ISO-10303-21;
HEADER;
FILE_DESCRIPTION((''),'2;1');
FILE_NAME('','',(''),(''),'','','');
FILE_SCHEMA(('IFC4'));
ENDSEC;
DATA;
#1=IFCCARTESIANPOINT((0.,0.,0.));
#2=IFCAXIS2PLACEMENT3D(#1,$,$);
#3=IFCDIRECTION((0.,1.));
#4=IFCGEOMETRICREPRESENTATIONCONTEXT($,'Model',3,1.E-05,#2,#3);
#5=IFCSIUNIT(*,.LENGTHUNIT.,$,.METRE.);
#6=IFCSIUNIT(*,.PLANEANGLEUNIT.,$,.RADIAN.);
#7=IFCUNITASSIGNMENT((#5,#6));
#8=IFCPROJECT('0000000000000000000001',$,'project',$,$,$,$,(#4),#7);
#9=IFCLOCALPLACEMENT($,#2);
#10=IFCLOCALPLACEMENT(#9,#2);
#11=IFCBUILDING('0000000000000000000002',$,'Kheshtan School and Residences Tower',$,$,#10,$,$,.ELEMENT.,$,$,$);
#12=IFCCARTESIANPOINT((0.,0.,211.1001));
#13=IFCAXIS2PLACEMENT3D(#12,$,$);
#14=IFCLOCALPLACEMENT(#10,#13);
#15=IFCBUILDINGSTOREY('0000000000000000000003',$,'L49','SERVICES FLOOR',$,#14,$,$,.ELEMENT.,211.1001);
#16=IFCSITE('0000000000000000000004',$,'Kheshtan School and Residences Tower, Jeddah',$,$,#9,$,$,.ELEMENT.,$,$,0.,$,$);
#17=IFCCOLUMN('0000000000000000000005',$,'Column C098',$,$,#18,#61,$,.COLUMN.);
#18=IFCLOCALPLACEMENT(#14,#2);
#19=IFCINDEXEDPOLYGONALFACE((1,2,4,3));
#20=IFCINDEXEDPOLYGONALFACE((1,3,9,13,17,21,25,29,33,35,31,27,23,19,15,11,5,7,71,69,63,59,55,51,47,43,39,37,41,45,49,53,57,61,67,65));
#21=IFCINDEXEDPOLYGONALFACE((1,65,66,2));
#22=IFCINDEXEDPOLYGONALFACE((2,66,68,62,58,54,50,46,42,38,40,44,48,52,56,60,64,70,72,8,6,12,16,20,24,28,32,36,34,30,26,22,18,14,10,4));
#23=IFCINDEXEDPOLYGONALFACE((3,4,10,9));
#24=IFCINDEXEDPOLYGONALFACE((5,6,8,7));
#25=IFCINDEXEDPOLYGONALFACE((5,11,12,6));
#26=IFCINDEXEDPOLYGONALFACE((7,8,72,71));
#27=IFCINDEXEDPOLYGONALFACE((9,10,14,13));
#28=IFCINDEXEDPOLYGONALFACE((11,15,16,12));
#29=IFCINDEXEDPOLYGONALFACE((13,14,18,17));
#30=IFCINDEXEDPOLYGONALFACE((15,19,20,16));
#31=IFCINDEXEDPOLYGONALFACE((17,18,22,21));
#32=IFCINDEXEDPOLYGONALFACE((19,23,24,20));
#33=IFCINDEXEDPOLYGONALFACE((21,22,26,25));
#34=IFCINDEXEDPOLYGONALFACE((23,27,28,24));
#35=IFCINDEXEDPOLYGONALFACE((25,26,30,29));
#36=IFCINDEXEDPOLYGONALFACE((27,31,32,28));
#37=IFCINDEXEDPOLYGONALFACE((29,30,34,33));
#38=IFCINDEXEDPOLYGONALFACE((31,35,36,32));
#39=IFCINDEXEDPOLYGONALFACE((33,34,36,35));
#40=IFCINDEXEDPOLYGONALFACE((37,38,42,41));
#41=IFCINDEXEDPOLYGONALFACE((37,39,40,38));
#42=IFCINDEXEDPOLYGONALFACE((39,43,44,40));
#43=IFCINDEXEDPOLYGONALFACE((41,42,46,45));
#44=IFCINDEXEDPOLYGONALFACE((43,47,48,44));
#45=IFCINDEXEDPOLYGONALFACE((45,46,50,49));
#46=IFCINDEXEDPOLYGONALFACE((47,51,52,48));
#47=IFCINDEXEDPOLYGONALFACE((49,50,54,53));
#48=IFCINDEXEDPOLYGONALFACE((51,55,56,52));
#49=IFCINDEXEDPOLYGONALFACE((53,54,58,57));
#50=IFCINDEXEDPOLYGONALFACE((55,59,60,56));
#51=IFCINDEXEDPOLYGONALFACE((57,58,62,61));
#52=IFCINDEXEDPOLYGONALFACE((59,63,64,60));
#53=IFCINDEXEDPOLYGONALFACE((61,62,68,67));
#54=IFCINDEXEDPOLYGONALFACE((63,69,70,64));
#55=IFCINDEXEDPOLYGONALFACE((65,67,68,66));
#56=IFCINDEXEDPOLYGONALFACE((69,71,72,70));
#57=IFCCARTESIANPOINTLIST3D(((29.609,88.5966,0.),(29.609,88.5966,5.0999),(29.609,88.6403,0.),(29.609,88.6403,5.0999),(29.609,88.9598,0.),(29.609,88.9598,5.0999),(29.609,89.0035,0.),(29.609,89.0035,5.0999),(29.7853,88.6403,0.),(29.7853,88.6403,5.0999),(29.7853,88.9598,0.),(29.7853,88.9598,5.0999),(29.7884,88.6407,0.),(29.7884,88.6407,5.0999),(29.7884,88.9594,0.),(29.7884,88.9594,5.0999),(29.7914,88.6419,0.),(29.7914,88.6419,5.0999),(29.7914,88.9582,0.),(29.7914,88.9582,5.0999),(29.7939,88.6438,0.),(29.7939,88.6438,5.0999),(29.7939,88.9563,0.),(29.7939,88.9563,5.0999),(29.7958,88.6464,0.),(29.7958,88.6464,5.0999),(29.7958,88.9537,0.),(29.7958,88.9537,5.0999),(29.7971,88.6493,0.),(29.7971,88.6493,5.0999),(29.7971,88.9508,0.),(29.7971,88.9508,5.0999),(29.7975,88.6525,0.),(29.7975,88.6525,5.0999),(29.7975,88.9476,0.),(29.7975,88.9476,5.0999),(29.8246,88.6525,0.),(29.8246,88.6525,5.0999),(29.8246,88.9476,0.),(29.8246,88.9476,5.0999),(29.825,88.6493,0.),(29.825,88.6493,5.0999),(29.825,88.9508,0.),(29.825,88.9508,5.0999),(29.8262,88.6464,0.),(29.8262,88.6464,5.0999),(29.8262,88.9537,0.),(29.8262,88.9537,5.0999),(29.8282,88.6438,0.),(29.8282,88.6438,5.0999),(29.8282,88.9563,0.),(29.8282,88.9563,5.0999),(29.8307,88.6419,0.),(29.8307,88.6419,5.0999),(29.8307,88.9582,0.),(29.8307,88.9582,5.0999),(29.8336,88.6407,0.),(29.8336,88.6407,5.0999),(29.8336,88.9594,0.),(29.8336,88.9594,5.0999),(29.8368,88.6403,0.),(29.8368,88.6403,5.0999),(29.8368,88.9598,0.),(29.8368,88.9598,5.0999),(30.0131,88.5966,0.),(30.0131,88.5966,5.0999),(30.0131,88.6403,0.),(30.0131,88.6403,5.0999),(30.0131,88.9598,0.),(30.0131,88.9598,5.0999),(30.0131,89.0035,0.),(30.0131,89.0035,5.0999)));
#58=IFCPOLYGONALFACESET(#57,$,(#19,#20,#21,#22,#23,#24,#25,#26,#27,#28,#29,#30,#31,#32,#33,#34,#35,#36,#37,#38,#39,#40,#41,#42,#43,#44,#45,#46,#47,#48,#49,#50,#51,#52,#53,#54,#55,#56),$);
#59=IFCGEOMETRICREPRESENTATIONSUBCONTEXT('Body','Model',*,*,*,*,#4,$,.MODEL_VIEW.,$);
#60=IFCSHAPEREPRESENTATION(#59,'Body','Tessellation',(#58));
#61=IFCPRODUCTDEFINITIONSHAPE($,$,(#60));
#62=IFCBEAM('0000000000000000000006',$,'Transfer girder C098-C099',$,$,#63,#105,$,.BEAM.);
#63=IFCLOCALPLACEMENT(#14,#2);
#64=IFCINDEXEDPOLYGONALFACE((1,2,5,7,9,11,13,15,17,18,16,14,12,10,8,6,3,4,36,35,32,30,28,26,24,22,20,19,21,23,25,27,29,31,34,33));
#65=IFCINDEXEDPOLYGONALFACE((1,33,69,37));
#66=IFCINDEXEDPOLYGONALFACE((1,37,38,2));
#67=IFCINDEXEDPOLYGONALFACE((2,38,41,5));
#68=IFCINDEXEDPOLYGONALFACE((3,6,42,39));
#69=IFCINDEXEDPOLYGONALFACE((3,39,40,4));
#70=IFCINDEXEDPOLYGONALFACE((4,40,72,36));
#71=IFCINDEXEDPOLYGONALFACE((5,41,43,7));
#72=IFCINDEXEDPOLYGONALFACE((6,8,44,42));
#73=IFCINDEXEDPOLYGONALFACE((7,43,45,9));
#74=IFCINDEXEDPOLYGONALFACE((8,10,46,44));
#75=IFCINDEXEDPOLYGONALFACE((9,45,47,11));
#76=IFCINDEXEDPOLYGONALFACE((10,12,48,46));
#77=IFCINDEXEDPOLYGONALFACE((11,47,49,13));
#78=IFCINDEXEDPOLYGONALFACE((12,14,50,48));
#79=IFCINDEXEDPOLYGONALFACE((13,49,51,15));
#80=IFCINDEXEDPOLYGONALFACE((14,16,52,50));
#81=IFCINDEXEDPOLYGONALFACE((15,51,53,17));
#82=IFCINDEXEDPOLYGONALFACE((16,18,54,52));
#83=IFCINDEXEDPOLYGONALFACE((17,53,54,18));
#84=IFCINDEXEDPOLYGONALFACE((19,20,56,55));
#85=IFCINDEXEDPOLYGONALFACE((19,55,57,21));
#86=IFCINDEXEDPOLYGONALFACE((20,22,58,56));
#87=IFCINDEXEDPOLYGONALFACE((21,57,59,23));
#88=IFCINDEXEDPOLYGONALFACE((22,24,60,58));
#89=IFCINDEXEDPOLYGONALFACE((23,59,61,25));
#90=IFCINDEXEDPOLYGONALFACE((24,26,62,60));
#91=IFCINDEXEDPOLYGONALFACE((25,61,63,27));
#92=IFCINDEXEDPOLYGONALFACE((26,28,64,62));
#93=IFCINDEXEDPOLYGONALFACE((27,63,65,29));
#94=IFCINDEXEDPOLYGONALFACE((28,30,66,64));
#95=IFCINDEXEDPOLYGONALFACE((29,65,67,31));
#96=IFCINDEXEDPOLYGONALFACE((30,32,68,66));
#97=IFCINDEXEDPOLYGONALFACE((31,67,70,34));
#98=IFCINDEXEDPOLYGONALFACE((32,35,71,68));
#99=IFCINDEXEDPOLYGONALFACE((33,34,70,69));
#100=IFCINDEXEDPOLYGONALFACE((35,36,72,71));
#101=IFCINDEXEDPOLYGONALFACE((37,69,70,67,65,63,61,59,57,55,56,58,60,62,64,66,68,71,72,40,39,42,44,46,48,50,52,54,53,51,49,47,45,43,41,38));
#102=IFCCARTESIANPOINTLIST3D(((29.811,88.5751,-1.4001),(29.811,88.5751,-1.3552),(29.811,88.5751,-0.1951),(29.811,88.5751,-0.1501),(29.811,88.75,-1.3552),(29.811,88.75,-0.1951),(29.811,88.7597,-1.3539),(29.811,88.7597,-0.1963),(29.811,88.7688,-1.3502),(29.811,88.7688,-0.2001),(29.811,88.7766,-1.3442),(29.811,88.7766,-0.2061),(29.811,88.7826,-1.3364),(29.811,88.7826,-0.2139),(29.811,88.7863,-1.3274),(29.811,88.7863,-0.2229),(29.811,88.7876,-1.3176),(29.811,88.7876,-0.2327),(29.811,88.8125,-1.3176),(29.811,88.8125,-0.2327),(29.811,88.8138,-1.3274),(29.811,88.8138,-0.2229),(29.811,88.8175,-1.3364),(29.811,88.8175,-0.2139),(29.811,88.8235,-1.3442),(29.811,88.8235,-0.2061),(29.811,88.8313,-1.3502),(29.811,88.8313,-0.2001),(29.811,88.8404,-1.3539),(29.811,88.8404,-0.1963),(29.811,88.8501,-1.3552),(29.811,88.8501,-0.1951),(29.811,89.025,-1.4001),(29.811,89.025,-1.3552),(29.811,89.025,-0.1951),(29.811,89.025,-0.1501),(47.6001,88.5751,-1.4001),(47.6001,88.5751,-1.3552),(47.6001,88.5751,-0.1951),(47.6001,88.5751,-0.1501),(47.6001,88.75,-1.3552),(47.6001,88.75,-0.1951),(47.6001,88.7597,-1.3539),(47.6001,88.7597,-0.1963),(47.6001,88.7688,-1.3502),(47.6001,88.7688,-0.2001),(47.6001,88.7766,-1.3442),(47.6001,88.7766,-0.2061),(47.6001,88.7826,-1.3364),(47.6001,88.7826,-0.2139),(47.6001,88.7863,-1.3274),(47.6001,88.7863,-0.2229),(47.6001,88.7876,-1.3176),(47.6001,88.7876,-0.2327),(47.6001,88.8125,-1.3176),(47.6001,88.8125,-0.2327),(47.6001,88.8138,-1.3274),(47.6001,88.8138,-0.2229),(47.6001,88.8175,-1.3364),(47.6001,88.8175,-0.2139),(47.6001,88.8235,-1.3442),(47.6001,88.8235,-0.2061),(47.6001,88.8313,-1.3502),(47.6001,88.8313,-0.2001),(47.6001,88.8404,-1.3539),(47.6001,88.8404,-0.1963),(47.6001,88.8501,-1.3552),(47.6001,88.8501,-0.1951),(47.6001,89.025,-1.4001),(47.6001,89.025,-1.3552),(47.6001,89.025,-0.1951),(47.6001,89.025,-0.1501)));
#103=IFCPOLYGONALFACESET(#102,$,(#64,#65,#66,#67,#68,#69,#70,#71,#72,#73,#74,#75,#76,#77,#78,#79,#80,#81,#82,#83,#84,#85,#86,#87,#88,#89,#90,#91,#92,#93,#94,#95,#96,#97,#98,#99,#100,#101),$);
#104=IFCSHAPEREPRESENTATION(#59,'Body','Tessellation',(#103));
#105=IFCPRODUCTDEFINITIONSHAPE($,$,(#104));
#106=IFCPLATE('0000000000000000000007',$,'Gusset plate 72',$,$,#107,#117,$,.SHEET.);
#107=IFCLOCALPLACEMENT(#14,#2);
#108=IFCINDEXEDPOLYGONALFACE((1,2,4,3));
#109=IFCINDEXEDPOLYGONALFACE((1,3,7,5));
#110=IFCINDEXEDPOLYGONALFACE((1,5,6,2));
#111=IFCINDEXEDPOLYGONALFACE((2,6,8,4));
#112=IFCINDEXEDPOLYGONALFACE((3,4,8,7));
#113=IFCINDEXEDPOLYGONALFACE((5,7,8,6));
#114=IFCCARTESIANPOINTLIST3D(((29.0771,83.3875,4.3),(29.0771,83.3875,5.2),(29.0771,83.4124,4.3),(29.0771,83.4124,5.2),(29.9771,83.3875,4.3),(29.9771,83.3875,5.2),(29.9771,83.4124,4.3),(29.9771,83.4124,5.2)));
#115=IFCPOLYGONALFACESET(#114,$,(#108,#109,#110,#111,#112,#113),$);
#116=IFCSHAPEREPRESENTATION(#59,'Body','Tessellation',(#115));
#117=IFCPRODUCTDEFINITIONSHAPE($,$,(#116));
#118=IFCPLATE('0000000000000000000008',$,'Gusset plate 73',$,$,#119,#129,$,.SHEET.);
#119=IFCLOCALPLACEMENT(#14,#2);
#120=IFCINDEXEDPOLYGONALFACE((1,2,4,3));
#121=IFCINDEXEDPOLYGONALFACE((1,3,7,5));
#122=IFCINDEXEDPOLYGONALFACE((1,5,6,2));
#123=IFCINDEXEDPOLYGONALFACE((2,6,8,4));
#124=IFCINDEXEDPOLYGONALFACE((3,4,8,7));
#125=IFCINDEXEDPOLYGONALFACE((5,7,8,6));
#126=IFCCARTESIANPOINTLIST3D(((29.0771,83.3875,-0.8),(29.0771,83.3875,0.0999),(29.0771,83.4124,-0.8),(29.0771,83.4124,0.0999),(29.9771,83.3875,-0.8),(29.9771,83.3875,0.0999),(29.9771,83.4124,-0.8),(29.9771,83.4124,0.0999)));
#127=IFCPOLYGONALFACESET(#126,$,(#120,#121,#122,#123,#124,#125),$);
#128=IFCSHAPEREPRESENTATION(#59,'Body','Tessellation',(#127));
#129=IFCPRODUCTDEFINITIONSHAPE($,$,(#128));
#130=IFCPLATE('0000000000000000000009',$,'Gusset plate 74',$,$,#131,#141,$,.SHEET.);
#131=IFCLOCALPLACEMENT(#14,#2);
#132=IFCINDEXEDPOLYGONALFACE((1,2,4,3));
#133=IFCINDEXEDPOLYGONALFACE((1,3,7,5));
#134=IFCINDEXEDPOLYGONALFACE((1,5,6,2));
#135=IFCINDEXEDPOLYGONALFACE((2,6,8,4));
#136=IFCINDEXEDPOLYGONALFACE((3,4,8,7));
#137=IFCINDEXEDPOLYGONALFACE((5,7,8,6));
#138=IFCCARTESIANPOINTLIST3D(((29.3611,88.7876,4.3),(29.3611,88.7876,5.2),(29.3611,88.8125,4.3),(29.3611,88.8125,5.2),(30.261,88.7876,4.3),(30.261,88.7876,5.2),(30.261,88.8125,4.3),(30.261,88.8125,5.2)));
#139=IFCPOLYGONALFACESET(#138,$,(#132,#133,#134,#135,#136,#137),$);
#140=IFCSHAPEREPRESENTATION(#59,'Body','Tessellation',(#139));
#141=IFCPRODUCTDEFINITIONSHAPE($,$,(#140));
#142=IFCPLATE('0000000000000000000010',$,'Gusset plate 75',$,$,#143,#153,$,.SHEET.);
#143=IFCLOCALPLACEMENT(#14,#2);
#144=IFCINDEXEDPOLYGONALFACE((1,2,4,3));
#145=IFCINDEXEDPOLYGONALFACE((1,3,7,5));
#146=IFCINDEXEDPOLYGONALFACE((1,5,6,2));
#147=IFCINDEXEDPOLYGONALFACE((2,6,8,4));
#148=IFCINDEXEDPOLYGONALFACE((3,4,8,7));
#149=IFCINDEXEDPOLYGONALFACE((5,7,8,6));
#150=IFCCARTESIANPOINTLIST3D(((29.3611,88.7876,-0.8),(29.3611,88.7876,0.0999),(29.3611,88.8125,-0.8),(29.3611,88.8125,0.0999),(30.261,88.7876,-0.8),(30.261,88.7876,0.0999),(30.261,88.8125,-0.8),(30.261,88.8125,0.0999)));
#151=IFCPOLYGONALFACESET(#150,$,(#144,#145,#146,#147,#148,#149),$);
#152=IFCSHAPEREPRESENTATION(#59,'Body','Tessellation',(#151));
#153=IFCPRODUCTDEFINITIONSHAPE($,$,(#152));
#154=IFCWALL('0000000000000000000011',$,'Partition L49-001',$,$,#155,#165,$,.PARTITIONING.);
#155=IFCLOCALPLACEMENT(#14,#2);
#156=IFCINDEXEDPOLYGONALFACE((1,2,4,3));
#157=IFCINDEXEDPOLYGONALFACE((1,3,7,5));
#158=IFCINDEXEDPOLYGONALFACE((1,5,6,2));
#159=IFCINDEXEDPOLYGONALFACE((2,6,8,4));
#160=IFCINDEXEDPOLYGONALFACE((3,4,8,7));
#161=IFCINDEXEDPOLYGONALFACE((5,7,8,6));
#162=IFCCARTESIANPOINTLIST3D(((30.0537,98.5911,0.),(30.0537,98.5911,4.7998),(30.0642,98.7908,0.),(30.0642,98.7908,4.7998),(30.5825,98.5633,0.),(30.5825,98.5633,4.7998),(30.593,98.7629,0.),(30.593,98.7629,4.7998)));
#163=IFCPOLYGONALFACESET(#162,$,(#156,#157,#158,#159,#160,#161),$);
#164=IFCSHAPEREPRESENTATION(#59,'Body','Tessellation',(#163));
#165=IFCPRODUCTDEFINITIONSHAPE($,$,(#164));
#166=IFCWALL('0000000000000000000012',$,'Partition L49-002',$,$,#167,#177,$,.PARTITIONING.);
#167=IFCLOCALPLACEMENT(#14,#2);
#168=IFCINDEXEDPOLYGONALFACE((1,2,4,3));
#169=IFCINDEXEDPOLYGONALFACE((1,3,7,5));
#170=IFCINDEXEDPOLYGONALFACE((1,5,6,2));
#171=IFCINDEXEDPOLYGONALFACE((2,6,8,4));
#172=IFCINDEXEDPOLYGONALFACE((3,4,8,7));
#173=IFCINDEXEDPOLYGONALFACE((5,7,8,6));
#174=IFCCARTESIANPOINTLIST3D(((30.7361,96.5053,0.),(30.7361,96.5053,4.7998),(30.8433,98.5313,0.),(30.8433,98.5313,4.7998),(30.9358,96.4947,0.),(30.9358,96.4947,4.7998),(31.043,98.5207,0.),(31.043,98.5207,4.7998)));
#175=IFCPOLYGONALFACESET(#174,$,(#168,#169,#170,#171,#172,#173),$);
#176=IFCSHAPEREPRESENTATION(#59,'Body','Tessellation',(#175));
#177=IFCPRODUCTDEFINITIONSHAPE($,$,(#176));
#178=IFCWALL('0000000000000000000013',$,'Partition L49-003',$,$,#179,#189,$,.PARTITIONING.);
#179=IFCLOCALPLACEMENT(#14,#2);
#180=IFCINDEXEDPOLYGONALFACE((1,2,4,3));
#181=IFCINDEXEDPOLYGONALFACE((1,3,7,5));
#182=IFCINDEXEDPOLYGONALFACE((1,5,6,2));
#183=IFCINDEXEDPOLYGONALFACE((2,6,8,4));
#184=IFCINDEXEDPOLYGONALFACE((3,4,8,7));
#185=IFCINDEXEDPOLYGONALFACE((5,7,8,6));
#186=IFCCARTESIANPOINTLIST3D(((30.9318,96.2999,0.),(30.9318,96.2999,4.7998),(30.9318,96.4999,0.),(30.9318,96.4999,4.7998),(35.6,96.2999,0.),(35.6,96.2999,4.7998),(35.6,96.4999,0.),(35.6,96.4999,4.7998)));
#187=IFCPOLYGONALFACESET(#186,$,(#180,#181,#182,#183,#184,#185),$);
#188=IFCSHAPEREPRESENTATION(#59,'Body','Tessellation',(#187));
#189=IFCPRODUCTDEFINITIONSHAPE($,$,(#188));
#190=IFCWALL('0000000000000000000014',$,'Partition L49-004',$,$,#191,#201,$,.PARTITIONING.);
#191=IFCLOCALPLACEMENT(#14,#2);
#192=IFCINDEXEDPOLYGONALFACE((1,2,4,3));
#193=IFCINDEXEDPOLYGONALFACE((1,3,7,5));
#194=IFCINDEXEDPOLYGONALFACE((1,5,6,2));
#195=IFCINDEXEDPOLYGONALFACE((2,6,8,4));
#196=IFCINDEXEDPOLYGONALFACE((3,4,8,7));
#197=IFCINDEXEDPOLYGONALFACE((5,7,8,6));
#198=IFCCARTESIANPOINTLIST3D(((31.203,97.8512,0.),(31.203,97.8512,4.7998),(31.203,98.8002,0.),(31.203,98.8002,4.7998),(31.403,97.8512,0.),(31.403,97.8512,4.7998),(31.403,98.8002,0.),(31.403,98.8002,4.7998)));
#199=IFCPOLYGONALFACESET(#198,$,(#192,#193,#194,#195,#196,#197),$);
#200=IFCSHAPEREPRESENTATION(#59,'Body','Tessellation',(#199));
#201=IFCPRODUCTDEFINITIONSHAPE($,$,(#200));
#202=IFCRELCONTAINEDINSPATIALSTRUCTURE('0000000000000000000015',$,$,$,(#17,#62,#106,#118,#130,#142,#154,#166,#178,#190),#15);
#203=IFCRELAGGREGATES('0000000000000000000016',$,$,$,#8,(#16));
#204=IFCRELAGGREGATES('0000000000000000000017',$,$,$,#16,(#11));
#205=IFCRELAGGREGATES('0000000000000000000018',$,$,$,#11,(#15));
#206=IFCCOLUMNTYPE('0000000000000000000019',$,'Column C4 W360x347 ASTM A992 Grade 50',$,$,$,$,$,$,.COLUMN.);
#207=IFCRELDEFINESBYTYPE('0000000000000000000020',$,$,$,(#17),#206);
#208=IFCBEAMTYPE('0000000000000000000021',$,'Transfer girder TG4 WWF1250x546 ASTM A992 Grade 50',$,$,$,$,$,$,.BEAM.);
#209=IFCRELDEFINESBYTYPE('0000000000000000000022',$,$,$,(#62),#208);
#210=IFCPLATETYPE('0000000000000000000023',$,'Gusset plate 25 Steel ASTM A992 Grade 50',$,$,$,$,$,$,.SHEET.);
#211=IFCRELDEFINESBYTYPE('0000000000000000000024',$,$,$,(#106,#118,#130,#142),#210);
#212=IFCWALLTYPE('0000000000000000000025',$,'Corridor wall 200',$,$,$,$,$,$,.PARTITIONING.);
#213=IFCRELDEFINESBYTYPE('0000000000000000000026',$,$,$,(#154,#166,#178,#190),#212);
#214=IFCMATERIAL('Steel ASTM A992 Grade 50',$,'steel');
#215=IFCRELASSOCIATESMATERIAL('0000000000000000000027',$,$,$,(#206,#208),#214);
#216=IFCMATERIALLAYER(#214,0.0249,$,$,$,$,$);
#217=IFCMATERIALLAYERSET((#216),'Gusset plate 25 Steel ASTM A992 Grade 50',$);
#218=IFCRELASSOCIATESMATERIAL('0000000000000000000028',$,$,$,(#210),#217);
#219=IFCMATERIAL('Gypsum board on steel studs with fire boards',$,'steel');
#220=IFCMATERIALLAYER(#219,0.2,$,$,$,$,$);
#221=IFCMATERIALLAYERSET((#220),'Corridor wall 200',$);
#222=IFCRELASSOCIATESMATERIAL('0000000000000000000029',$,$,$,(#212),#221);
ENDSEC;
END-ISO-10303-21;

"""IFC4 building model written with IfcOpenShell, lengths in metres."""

from ifc_helpers import new_model, si_unit, direction, frame, frame_2d, origin, origin_2d, place, context, subcontext, project, spatial, rectangle, i_section, extrude, material, layer, layer_set, material_profile, profile_set, type_object, element, save


model = new_model("IFC4")

# Units and contexts
model_context = context("Model", 3, precision=1e-05, world=origin(), true_north=direction((0.0, 1.0)))
body_context = subcontext(model_context, "Body", "Model", "MODEL_VIEW")
ifc_project = project(units=[si_unit("LENGTHUNIT", "METRE"), si_unit("PLANEANGLEUNIT", "RADIAN")], contexts=[model_context])

# Site, building, storey
site_placement = place(None, origin())
site = spatial("IfcSite", under=ifc_project, at=site_placement, Name="Kheshtan School and Residences Tower, Jeddah", CompositionType="ELEMENT", RefElevation=0.0)
building_placement = place(site_placement, origin())
building = spatial("IfcBuilding", under=site, at=building_placement, Name="Kheshtan School and Residences Tower", CompositionType="ELEMENT")
storey_placement = place(building_placement, frame((0.0, 0.0, 211.1001)))
storey = spatial("IfcBuildingStorey", under=building, at=storey_placement, Name="L49", Description="SERVICES FLOOR", CompositionType="ELEMENT", Elevation=211.1001)

# Column
ifc_material_1 = material(Name="Steel ASTM A992 Grade 50", Category="steel")
ifc_material_profile_1 = material_profile(ifc_material_1, i_section(OverallWidth=0.4041, OverallDepth=0.407, WebThickness=0.0271, FlangeThickness=0.0437, FilletRadius=0.0122, at=origin_2d()), Name="W360x347")
ifc_profile_set_1 = profile_set([ifc_material_profile_1], Name="Steel ASTM A992 Grade 50")
column_type = type_object("IfcColumnType", Name="Column C4 W360x347 ASTM A992 Grade 50", PredefinedType="COLUMN", material=ifc_profile_set_1)
column_placement = place(storey_placement, frame((29.811, 88.8, 0.0), z_axis=(0.0, 0.0, 1.0), x_axis=(1.0, 0.0, 0.0)))
element("IfcColumn", 1, at=column_placement, inside=storey, type_object=column_type, Name="Column C098", PredefinedType="COLUMN", context=body_context, shape_type="SweptSolid", body=[
    extrude(i_section(OverallWidth=0.4041, OverallDepth=0.407, WebThickness=0.0271, FlangeThickness=0.0437, FilletRadius=0.0122, at=origin_2d()), origin(), (0.0, 0.0, 1.0), 5.0999),
])

# Beam
ifc_material_profile_2 = material_profile(ifc_material_1, i_section(OverallWidth=0.45, OverallDepth=1.25, WebThickness=0.0249, FlangeThickness=0.0449, FilletRadius=0.0376, at=origin_2d()), Name="WWF1250x546")
ifc_profile_set_2 = profile_set([ifc_material_profile_2], Name="Steel ASTM A992 Grade 50")
beam_type = type_object("IfcBeamType", Name="Transfer girder TG4 WWF1250x546 ASTM A992 Grade 50", PredefinedType="BEAM", material=ifc_profile_set_2)
beam_placement = place(storey_placement, frame((29.811, 88.8, -0.7751), z_axis=(1.0, 0.0, 0.0), x_axis=(0.0, 1.0, 0.0)))
element("IfcBeam", 2, at=beam_placement, inside=storey, type_object=beam_type, Name="Transfer girder C098-C099", PredefinedType="BEAM", context=body_context, shape_type="SweptSolid", body=[
    extrude(i_section(OverallWidth=0.45, OverallDepth=1.25, WebThickness=0.0249, FlangeThickness=0.0449, FilletRadius=0.0376, at=origin_2d()), origin(), (0.0, 0.0, 1.0), 17.7891),
])

# Plates
ifc_layer_1 = layer(ifc_material_1, 0.0249)
ifc_layer_set_1 = layer_set([ifc_layer_1], Name="Gusset plate 25 Steel ASTM A992 Grade 50")
plate_type = type_object("IfcPlateType", Name="Gusset plate 25 Steel ASTM A992 Grade 50", PredefinedType="SHEET", material=ifc_layer_set_1)
for number, where, z_axis, x_axis, name in (
    (3, (29.5271, 83.3999, 4.3), (0.0, 0.0, 1.0), (1.0, 0.0, 0.0), "Gusset plate 72"),
    (4, (29.5271, 83.3999, -0.8), (0.0, 0.0, 1.0), (1.0, 0.0, 0.0), "Gusset plate 73"),
    (5, (29.811, 88.8, 4.3), (0.0, 0.0, 1.0), (1.0, 0.0, 0.0), "Gusset plate 74"),
    (6, (29.811, 88.8, -0.8), (0.0, 0.0, 1.0), (1.0, 0.0, 0.0), "Gusset plate 75"),
):
    element("IfcPlate", number, at=place(storey_placement, frame(where, z_axis=z_axis, x_axis=x_axis)), inside=storey, type_object=plate_type, Name=name, PredefinedType="SHEET", context=body_context, shape_type="SweptSolid", body=[
        extrude(rectangle(XDim=0.8999, YDim=0.0249, at=origin_2d()), origin(), (0.0, 0.0, 1.0), 0.8999),
    ])

# Walls
ifc_material_2 = material(Name="Gypsum board on steel studs with fire boards", Category="steel")
ifc_layer_2 = layer(ifc_material_2, 0.2)
ifc_layer_set_2 = layer_set([ifc_layer_2], Name="Corridor wall 200")
wall_type_1 = type_object("IfcWallType", Name="Corridor wall 200", PredefinedType="PARTITIONING", material=ifc_layer_set_2)
wall_1_placement = place(storey_placement, frame((30.0591, 98.6909, 0.0), z_axis=(0.0, 0.0, 1.0), x_axis=(0.998618, -0.052559, 0.0)))
element("IfcWall", 7, at=wall_1_placement, inside=storey, type_object=wall_type_1, Name="Partition L49-001", PredefinedType="PARTITIONING", context=body_context, shape_type="SweptSolid", body=[
    extrude(rectangle(XDim=0.5295, YDim=0.2, at=frame_2d((0.2646, 0.0))), origin(), (0.0, 0.0, 1.0), 4.7998),
])
wall_2_placement = place(storey_placement, frame((30.8359, 96.5, 0.0), z_axis=(0.0, 0.0, 1.0), x_axis=(0.05283, 0.998603, 0.0)))
element("IfcWall", 8, at=wall_2_placement, inside=storey, type_object=wall_type_1, Name="Partition L49-002", PredefinedType="PARTITIONING", context=body_context, shape_type="SweptSolid", body=[
    extrude(rectangle(XDim=2.0288, YDim=0.2, at=frame_2d((1.0144, 0.0))), origin(), (0.0, 0.0, 1.0), 4.7998),
])
wall_3_placement = place(storey_placement, frame((30.9319, 96.3999, 0.0), z_axis=(0.0, 0.0, 1.0), x_axis=(1.0, 0.0, 0.0)))
element("IfcWall", 9, at=wall_3_placement, inside=storey, type_object=wall_type_1, Name="Partition L49-003", PredefinedType="PARTITIONING", context=body_context, shape_type="SweptSolid", body=[
    extrude(rectangle(XDim=4.6682, YDim=0.2, at=frame_2d((2.334, 0.0))), origin(), (0.0, 0.0, 1.0), 4.7998),
])
wall_4_placement = place(storey_placement, frame((31.303, 97.8511, 0.0), z_axis=(0.0, 0.0, 1.0), x_axis=(0.0, 1.0, 0.0)))
element("IfcWall", 10, at=wall_4_placement, inside=storey, type_object=wall_type_1, Name="Partition L49-004", PredefinedType="PARTITIONING", context=body_context, shape_type="SweptSolid", body=[
    extrude(rectangle(XDim=0.949, YDim=0.2, at=frame_2d((0.4746, 0.0))), origin(), (0.0, 0.0, 1.0), 4.7998),
])

save(model, "model.ifc")
